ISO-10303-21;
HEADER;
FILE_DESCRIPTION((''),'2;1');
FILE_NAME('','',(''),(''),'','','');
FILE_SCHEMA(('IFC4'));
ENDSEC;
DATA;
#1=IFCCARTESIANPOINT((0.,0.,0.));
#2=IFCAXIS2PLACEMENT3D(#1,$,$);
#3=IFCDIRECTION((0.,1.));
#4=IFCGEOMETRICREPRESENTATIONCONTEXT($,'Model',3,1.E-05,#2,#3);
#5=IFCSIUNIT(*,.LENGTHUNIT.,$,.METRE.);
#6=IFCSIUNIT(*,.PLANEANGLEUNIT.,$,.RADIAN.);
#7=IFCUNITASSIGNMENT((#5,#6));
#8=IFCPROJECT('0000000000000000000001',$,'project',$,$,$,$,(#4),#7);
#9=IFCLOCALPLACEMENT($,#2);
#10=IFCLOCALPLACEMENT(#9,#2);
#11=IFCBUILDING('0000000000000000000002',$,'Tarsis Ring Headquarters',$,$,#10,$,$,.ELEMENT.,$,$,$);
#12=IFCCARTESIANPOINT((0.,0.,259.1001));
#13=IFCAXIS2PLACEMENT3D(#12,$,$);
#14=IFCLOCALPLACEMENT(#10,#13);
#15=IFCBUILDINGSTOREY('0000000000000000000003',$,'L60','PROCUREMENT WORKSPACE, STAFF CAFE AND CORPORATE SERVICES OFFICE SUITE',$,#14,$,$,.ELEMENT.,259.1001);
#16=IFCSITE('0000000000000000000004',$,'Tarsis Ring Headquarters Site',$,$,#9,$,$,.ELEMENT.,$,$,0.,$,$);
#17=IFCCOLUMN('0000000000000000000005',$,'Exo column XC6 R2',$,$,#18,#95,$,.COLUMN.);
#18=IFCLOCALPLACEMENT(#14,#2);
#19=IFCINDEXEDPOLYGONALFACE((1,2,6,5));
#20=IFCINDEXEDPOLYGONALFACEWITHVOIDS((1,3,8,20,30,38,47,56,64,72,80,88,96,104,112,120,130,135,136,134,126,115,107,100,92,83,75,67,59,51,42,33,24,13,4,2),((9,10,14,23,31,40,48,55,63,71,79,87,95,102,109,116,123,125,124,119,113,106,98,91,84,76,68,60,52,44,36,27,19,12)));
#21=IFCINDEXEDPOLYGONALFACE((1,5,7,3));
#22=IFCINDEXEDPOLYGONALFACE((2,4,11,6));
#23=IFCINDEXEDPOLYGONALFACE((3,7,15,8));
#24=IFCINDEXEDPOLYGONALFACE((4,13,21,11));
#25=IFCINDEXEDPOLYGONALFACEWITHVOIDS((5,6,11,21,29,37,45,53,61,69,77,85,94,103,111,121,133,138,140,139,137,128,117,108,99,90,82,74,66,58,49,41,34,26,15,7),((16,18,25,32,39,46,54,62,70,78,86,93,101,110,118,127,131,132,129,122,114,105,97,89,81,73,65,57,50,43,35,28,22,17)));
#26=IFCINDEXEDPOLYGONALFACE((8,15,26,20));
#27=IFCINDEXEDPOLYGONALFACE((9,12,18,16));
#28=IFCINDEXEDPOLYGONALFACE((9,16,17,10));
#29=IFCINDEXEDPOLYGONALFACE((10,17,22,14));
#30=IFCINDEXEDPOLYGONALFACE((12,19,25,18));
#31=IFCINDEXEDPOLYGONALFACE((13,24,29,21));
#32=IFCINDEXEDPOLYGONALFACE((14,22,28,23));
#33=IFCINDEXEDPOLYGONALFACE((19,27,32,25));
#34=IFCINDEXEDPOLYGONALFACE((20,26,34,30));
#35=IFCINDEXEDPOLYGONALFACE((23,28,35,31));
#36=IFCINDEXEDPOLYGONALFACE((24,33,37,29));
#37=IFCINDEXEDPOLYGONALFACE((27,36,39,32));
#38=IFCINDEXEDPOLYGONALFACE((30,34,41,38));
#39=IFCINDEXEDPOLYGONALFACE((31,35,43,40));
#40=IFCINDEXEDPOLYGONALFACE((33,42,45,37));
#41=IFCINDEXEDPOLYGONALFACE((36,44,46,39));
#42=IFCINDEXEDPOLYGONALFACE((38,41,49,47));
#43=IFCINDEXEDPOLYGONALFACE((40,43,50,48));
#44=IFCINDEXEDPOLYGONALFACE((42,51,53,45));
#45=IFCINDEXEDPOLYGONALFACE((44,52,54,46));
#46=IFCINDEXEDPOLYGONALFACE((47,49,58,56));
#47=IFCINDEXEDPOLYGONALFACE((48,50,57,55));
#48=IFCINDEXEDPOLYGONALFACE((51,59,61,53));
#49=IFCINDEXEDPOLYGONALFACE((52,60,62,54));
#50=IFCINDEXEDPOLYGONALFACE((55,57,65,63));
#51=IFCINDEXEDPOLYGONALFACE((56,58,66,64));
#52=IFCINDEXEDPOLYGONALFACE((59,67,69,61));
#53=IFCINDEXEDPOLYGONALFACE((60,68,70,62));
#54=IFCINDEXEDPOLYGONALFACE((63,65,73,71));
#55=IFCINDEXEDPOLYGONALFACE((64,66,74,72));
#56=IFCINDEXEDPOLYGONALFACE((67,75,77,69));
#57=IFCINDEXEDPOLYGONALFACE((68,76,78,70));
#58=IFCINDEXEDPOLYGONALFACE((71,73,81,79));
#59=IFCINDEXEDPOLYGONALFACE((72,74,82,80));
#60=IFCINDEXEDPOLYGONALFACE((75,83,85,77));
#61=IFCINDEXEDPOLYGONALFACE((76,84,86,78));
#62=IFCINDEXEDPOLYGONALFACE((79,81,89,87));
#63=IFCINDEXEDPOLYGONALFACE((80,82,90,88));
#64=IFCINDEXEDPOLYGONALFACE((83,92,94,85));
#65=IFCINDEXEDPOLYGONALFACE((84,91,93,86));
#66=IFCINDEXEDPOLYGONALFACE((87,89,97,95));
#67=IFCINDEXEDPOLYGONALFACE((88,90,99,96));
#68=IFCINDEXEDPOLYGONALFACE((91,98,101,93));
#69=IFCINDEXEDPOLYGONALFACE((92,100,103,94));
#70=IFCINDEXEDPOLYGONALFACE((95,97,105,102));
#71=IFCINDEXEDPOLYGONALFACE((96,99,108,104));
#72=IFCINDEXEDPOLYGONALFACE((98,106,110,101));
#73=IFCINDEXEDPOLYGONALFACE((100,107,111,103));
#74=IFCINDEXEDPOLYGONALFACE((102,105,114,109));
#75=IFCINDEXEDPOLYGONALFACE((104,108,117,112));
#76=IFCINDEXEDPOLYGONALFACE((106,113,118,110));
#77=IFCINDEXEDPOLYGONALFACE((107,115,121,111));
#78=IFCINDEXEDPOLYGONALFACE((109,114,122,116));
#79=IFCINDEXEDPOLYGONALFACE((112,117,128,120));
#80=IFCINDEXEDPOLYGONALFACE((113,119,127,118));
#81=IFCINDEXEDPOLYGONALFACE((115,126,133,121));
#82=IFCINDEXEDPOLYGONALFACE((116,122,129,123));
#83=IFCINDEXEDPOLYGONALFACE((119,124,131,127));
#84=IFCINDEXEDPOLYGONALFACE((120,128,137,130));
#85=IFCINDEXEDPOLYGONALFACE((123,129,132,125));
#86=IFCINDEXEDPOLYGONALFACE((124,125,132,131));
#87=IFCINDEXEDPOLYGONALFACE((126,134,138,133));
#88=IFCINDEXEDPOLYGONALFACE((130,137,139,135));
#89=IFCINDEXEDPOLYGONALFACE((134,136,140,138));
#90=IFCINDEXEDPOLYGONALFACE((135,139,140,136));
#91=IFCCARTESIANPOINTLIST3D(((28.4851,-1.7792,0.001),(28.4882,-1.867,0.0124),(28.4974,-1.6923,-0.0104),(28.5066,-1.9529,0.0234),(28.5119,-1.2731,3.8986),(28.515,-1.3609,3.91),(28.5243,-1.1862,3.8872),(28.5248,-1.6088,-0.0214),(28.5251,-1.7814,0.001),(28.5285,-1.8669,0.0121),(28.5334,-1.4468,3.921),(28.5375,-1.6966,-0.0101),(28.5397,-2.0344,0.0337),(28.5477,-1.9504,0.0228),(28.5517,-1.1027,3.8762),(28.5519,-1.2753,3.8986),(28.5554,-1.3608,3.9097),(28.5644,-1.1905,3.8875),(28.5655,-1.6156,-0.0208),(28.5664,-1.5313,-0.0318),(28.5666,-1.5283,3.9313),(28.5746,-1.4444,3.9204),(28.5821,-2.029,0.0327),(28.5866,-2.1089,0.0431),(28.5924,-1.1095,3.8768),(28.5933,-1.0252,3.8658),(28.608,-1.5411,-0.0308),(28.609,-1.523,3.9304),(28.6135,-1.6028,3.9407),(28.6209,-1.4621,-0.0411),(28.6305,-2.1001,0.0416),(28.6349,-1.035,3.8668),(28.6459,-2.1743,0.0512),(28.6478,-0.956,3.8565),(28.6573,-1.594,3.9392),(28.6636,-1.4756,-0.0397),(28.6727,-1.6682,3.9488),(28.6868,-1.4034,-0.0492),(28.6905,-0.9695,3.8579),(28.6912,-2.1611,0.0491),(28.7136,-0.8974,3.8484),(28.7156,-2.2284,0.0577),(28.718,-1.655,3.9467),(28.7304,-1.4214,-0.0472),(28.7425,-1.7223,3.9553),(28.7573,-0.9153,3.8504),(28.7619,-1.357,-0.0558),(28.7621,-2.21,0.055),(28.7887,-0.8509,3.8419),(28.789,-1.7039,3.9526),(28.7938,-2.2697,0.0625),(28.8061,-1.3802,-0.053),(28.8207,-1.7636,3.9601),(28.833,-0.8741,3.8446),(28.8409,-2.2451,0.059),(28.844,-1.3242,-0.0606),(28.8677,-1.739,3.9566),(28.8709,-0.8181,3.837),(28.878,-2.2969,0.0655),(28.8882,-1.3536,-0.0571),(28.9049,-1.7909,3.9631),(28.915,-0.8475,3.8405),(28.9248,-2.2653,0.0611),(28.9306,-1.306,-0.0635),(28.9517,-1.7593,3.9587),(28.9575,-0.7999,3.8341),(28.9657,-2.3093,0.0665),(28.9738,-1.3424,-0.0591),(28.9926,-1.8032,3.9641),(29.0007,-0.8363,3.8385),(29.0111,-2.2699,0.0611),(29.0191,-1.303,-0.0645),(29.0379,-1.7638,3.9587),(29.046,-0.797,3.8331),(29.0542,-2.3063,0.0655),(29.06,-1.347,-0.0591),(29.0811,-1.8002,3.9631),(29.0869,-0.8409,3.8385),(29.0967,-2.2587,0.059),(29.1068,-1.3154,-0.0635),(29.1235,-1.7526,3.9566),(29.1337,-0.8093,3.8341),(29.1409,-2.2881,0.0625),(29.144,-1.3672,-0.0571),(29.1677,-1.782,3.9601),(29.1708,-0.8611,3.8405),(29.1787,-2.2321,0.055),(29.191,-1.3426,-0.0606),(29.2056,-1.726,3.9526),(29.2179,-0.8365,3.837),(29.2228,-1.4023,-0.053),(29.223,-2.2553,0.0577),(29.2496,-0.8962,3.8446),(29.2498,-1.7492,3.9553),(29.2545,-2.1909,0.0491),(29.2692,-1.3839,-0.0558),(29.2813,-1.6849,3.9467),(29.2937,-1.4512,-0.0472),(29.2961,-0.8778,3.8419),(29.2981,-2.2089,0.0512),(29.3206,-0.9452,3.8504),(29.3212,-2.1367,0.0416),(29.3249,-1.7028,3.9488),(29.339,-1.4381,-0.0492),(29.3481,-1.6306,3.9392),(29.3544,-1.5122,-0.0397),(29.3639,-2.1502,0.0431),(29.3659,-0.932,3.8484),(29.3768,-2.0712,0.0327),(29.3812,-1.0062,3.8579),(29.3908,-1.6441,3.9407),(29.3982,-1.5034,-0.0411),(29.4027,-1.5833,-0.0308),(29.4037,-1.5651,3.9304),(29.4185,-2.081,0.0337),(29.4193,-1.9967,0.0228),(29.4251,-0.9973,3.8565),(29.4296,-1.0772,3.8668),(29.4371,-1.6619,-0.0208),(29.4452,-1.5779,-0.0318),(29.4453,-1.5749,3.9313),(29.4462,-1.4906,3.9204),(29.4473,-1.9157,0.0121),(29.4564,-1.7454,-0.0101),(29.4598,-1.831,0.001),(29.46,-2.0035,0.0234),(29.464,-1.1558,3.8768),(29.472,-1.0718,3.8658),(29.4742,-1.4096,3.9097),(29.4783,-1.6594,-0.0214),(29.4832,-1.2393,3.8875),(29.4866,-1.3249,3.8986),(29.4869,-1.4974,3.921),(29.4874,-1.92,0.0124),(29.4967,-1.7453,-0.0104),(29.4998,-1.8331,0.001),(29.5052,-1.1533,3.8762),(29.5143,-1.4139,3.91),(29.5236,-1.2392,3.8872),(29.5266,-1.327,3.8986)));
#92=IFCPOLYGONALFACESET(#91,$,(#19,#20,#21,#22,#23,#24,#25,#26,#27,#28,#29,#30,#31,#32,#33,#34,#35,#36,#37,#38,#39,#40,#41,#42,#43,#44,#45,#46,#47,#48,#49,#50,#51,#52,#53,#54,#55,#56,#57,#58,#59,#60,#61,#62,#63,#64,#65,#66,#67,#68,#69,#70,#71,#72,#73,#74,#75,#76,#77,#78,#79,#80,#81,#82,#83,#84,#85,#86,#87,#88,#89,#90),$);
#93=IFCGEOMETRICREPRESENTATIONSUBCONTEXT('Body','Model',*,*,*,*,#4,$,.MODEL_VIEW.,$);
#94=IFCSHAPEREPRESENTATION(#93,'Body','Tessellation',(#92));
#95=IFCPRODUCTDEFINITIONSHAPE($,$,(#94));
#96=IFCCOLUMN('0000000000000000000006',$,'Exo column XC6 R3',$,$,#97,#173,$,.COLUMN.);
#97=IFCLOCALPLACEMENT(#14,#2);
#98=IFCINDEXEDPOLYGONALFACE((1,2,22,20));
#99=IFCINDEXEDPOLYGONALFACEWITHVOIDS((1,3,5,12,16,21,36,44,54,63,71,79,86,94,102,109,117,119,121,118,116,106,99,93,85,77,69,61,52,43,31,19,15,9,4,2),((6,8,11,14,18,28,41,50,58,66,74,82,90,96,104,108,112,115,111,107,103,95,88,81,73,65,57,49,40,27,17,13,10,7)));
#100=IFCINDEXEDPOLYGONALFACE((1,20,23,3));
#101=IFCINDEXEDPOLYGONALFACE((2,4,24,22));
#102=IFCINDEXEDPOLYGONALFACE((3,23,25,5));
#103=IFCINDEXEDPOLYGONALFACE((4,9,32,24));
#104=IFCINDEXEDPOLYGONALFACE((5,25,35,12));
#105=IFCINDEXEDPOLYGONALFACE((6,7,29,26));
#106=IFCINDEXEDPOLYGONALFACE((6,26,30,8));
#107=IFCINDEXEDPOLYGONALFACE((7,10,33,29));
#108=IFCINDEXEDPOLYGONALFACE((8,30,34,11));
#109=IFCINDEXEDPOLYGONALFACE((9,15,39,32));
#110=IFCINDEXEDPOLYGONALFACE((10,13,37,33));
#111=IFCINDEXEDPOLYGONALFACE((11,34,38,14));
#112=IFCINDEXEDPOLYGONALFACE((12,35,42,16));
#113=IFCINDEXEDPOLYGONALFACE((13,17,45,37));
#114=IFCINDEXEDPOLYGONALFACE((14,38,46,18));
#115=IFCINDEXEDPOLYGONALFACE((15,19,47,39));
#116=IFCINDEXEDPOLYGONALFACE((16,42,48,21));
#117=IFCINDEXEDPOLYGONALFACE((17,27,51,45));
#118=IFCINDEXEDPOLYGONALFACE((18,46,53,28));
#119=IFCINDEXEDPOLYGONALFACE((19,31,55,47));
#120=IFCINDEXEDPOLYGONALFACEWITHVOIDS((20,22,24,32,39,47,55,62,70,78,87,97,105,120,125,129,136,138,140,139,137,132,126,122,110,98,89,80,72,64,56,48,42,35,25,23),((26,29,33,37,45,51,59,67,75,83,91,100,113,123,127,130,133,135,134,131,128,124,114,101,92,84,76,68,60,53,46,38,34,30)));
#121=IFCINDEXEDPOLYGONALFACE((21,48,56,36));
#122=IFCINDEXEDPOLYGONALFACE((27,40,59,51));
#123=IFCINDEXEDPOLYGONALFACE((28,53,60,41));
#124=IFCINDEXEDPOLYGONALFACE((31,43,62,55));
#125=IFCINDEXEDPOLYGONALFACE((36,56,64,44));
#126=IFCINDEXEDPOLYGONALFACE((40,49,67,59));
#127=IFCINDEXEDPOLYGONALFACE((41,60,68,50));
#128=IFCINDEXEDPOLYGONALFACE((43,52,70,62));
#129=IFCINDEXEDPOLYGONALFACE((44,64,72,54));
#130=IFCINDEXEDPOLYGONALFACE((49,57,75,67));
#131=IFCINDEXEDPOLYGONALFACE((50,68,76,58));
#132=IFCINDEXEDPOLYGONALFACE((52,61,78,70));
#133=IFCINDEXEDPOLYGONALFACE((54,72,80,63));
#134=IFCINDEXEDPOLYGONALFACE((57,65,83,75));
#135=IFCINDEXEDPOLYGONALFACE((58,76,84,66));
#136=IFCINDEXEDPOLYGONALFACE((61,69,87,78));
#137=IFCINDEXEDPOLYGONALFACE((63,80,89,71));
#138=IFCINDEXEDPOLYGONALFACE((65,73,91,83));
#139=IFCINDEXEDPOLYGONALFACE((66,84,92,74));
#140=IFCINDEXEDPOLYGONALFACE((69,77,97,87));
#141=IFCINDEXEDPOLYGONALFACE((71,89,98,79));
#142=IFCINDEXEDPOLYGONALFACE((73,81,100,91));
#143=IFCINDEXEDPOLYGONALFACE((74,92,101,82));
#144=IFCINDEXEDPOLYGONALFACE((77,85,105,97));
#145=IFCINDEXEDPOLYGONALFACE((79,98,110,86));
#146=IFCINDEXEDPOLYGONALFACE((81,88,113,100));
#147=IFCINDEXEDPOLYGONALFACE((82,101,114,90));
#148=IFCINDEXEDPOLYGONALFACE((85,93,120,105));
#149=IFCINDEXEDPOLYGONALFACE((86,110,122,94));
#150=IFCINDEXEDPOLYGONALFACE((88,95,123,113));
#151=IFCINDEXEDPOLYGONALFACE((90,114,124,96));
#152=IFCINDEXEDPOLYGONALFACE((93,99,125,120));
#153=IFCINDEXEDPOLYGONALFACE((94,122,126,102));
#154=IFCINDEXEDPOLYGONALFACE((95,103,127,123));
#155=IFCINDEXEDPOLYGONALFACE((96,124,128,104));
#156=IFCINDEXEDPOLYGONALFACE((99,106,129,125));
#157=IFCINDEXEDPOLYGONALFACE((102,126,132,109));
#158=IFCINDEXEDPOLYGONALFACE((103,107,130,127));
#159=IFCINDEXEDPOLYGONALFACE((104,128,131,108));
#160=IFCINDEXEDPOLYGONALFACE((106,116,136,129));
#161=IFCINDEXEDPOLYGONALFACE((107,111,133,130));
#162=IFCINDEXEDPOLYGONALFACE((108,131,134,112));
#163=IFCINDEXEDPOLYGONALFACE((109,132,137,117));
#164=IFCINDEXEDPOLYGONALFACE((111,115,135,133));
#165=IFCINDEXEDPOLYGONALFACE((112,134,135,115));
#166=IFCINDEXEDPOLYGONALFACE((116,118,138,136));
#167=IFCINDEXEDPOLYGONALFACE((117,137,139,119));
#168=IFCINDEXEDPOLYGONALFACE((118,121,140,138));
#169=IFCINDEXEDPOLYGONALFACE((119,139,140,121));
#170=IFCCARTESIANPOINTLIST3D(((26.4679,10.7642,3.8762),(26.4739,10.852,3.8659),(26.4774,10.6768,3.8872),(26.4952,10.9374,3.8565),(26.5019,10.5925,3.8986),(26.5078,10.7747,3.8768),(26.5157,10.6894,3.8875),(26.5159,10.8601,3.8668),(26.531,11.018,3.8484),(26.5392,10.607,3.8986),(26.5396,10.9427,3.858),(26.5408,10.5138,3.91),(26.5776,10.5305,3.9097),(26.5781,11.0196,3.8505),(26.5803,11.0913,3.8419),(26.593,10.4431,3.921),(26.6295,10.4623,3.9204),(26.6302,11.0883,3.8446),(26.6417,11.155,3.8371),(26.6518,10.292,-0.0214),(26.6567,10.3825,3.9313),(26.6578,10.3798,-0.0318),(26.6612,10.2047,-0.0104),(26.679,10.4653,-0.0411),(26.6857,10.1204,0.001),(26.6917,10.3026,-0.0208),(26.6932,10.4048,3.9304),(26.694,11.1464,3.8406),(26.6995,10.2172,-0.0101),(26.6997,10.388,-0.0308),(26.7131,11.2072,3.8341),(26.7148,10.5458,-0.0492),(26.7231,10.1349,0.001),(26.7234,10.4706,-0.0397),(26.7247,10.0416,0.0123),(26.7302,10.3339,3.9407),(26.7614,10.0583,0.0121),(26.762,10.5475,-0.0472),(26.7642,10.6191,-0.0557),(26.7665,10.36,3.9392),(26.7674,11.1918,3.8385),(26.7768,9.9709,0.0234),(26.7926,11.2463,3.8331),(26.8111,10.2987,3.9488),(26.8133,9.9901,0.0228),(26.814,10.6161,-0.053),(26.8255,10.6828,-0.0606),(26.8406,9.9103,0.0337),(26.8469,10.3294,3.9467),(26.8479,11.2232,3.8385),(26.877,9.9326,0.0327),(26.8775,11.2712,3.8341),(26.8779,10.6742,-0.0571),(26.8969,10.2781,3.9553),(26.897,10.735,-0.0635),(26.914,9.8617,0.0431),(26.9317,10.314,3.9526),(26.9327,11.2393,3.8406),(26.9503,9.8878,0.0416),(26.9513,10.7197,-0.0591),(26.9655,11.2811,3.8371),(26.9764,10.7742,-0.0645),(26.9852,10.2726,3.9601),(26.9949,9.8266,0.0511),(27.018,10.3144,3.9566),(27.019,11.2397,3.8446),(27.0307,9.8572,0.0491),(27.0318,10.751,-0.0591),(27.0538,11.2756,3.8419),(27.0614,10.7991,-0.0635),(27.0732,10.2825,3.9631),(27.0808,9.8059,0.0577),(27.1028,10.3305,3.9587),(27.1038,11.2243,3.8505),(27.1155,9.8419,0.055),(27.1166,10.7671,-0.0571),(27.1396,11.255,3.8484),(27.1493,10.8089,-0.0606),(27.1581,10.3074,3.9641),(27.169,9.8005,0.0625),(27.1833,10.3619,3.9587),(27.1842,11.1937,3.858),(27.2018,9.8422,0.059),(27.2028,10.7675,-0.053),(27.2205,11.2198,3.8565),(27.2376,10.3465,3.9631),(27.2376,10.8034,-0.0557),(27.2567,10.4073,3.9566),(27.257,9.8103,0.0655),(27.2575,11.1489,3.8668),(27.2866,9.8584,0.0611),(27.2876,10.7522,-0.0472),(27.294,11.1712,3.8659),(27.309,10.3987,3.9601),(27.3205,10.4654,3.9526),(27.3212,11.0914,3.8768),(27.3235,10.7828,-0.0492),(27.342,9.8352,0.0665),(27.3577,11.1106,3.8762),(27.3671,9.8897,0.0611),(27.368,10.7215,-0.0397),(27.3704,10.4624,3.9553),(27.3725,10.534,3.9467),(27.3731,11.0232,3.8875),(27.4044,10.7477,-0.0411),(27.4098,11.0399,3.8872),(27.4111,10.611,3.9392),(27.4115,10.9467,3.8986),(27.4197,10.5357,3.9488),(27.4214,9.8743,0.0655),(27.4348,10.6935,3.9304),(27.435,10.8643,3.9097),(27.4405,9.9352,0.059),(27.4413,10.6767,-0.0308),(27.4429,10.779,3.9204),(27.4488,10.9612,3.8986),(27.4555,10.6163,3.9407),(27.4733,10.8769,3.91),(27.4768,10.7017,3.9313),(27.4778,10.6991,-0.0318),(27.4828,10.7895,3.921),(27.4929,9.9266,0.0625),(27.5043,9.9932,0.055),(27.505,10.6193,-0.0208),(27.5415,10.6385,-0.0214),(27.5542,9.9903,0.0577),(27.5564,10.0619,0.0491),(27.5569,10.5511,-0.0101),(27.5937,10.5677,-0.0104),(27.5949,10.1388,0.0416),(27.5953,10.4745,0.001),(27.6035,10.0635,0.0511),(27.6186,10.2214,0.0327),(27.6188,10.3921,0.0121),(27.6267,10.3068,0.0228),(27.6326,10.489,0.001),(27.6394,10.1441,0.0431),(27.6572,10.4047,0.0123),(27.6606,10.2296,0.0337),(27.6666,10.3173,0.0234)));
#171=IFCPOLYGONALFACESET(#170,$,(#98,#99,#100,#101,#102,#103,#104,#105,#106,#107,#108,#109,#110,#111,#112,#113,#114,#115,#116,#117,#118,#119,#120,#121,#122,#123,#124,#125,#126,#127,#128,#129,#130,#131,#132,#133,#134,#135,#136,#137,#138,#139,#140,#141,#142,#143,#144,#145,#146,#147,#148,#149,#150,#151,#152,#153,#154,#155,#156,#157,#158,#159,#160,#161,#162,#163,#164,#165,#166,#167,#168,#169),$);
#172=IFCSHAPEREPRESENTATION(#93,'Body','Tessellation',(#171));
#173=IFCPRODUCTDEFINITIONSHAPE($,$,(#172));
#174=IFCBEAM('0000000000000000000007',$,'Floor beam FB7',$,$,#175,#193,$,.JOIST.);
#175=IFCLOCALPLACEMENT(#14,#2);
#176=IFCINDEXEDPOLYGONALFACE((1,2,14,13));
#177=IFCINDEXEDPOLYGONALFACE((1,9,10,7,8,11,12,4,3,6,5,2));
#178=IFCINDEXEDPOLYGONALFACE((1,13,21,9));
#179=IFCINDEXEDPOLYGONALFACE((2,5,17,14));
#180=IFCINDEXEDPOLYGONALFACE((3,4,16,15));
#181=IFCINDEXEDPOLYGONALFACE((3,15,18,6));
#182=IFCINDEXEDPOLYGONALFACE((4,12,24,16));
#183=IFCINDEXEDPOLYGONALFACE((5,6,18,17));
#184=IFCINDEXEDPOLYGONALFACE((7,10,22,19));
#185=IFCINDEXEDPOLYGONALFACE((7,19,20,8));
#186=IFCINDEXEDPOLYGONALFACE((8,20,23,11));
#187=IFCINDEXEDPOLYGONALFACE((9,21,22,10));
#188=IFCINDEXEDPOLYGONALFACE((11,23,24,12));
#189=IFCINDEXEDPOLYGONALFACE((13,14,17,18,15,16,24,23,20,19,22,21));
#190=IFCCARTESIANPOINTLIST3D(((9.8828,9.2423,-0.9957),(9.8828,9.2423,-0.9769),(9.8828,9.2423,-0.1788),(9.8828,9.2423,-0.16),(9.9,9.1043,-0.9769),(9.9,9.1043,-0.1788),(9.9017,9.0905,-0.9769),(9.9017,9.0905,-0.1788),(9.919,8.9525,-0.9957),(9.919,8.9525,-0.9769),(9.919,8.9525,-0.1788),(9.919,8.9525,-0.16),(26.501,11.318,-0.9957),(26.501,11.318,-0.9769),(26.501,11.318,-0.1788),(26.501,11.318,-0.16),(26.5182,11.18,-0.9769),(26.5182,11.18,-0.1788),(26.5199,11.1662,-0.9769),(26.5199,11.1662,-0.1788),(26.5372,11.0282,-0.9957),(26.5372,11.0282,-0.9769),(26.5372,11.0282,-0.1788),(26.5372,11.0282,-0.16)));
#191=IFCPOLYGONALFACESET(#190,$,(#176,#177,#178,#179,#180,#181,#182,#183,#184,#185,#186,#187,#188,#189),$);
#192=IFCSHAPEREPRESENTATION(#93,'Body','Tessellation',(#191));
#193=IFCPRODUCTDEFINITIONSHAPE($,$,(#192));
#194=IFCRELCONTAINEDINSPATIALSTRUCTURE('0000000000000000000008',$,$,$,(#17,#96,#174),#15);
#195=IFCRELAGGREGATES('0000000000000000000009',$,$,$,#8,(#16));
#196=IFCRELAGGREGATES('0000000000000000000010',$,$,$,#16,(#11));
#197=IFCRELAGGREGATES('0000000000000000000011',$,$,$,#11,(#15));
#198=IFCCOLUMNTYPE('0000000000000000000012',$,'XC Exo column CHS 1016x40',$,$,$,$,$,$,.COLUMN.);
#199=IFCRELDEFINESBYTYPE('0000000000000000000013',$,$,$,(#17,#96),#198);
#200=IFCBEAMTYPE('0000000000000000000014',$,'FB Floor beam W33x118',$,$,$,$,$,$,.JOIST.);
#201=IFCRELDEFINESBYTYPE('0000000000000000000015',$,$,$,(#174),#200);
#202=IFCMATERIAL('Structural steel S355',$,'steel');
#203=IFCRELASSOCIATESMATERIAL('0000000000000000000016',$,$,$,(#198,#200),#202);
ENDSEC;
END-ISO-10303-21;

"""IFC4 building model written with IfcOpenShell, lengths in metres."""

from ifc_helpers import new_model, si_unit, direction, frame, origin, origin_2d, place, context, subcontext, project, spatial, hollow_circle, i_section, extrude, material, material_profile, profile_set, type_object, element, save


model = new_model("IFC4")

# Units and contexts
model_context = context("Model", 3, precision=1e-05, world=origin(), true_north=direction((0.0, 1.0)))
body_context = subcontext(model_context, "Body", "Model", "MODEL_VIEW")
ifc_project = project(units=[si_unit("LENGTHUNIT", "METRE"), si_unit("PLANEANGLEUNIT", "RADIAN")], contexts=[model_context])

# Site, building, storey
site_placement = place(None, origin())
site = spatial("IfcSite", under=ifc_project, at=site_placement, Name="Tarsis Ring Headquarters Site", CompositionType="ELEMENT", RefElevation=0.0)
building_placement = place(site_placement, origin())
building = spatial("IfcBuilding", under=site, at=building_placement, Name="Tarsis Ring Headquarters", CompositionType="ELEMENT")
storey_placement = place(building_placement, frame((0.0, 0.0, 259.1001)))
storey = spatial("IfcBuildingStorey", under=building, at=storey_placement, Name="L60", Description="PROCUREMENT WORKSPACE, STAFF CAFE AND CORPORATE SERVICES OFFICE SUITE", CompositionType="ELEMENT", Elevation=259.1001)

# Columns
ifc_material_1 = material(Name="Structural steel S355", Category="steel")
ifc_material_profile_1 = material_profile(ifc_material_1, hollow_circle(Radius=0.5081, WallThickness=0.04, at=origin_2d()), Name="CHS 1016x40")
ifc_profile_set_1 = profile_set([ifc_material_profile_1], Name="Structural steel S355")
column_type = type_object("IfcColumnType", Name="XC Exo column CHS 1016x40", PredefinedType="COLUMN", material=ifc_profile_set_1)
for number, where, z_axis, x_axis, name in (
    (1, (28.9924, -1.8062, 0.001), (0.006833, 0.128763, 0.991652), (-0.998595, 0.052989, 0.0), "Exo column XC6 R2"),
    (2, (27.1592, 10.3047, 0.001), (-0.046772, 0.120129, 0.991656), (-0.93186, -0.362818, 0.0), "Exo column XC6 R3"),
):
    element("IfcColumn", number, at=place(storey_placement, frame(where, z_axis=z_axis, x_axis=x_axis)), inside=storey, type_object=column_type, Name=name, PredefinedType="COLUMN", context=body_context, shape_type="SweptSolid", body=[
        extrude(hollow_circle(Radius=0.5081, WallThickness=0.04, at=origin_2d()), origin(), (0.0, 0.0, 1.0), 3.9304),
    ])

# Beam
ifc_material_profile_2 = material_profile(ifc_material_1, i_section(OverallWidth=0.292, OverallDepth=0.8357, WebThickness=0.0139, FlangeThickness=0.0188, at=origin_2d()), Name="W33x118")
ifc_profile_set_2 = profile_set([ifc_material_profile_2], Name="Structural steel S355")
beam_type_1 = type_object("IfcBeamType", Name="FB Floor beam W33x118", PredefinedType="JOIST", material=ifc_profile_set_2)
beam_1_placement = place(storey_placement, frame((9.9009, 9.0974, -0.5779), z_axis=(0.99229, 0.123941, 0.0), x_axis=(-0.123941, 0.99229, 0.0)))
element("IfcBeam", 3, at=beam_1_placement, inside=storey, type_object=beam_type_1, Name="Floor beam FB7", PredefinedType="JOIST", context=body_context, shape_type="SweptSolid", body=[
    extrude(i_section(OverallWidth=0.292, OverallDepth=0.8357, WebThickness=0.0139, FlangeThickness=0.0188, at=origin_2d()), origin(), (0.0, 0.0, 1.0), 16.7473),
])

save(model, "model.ifc")
